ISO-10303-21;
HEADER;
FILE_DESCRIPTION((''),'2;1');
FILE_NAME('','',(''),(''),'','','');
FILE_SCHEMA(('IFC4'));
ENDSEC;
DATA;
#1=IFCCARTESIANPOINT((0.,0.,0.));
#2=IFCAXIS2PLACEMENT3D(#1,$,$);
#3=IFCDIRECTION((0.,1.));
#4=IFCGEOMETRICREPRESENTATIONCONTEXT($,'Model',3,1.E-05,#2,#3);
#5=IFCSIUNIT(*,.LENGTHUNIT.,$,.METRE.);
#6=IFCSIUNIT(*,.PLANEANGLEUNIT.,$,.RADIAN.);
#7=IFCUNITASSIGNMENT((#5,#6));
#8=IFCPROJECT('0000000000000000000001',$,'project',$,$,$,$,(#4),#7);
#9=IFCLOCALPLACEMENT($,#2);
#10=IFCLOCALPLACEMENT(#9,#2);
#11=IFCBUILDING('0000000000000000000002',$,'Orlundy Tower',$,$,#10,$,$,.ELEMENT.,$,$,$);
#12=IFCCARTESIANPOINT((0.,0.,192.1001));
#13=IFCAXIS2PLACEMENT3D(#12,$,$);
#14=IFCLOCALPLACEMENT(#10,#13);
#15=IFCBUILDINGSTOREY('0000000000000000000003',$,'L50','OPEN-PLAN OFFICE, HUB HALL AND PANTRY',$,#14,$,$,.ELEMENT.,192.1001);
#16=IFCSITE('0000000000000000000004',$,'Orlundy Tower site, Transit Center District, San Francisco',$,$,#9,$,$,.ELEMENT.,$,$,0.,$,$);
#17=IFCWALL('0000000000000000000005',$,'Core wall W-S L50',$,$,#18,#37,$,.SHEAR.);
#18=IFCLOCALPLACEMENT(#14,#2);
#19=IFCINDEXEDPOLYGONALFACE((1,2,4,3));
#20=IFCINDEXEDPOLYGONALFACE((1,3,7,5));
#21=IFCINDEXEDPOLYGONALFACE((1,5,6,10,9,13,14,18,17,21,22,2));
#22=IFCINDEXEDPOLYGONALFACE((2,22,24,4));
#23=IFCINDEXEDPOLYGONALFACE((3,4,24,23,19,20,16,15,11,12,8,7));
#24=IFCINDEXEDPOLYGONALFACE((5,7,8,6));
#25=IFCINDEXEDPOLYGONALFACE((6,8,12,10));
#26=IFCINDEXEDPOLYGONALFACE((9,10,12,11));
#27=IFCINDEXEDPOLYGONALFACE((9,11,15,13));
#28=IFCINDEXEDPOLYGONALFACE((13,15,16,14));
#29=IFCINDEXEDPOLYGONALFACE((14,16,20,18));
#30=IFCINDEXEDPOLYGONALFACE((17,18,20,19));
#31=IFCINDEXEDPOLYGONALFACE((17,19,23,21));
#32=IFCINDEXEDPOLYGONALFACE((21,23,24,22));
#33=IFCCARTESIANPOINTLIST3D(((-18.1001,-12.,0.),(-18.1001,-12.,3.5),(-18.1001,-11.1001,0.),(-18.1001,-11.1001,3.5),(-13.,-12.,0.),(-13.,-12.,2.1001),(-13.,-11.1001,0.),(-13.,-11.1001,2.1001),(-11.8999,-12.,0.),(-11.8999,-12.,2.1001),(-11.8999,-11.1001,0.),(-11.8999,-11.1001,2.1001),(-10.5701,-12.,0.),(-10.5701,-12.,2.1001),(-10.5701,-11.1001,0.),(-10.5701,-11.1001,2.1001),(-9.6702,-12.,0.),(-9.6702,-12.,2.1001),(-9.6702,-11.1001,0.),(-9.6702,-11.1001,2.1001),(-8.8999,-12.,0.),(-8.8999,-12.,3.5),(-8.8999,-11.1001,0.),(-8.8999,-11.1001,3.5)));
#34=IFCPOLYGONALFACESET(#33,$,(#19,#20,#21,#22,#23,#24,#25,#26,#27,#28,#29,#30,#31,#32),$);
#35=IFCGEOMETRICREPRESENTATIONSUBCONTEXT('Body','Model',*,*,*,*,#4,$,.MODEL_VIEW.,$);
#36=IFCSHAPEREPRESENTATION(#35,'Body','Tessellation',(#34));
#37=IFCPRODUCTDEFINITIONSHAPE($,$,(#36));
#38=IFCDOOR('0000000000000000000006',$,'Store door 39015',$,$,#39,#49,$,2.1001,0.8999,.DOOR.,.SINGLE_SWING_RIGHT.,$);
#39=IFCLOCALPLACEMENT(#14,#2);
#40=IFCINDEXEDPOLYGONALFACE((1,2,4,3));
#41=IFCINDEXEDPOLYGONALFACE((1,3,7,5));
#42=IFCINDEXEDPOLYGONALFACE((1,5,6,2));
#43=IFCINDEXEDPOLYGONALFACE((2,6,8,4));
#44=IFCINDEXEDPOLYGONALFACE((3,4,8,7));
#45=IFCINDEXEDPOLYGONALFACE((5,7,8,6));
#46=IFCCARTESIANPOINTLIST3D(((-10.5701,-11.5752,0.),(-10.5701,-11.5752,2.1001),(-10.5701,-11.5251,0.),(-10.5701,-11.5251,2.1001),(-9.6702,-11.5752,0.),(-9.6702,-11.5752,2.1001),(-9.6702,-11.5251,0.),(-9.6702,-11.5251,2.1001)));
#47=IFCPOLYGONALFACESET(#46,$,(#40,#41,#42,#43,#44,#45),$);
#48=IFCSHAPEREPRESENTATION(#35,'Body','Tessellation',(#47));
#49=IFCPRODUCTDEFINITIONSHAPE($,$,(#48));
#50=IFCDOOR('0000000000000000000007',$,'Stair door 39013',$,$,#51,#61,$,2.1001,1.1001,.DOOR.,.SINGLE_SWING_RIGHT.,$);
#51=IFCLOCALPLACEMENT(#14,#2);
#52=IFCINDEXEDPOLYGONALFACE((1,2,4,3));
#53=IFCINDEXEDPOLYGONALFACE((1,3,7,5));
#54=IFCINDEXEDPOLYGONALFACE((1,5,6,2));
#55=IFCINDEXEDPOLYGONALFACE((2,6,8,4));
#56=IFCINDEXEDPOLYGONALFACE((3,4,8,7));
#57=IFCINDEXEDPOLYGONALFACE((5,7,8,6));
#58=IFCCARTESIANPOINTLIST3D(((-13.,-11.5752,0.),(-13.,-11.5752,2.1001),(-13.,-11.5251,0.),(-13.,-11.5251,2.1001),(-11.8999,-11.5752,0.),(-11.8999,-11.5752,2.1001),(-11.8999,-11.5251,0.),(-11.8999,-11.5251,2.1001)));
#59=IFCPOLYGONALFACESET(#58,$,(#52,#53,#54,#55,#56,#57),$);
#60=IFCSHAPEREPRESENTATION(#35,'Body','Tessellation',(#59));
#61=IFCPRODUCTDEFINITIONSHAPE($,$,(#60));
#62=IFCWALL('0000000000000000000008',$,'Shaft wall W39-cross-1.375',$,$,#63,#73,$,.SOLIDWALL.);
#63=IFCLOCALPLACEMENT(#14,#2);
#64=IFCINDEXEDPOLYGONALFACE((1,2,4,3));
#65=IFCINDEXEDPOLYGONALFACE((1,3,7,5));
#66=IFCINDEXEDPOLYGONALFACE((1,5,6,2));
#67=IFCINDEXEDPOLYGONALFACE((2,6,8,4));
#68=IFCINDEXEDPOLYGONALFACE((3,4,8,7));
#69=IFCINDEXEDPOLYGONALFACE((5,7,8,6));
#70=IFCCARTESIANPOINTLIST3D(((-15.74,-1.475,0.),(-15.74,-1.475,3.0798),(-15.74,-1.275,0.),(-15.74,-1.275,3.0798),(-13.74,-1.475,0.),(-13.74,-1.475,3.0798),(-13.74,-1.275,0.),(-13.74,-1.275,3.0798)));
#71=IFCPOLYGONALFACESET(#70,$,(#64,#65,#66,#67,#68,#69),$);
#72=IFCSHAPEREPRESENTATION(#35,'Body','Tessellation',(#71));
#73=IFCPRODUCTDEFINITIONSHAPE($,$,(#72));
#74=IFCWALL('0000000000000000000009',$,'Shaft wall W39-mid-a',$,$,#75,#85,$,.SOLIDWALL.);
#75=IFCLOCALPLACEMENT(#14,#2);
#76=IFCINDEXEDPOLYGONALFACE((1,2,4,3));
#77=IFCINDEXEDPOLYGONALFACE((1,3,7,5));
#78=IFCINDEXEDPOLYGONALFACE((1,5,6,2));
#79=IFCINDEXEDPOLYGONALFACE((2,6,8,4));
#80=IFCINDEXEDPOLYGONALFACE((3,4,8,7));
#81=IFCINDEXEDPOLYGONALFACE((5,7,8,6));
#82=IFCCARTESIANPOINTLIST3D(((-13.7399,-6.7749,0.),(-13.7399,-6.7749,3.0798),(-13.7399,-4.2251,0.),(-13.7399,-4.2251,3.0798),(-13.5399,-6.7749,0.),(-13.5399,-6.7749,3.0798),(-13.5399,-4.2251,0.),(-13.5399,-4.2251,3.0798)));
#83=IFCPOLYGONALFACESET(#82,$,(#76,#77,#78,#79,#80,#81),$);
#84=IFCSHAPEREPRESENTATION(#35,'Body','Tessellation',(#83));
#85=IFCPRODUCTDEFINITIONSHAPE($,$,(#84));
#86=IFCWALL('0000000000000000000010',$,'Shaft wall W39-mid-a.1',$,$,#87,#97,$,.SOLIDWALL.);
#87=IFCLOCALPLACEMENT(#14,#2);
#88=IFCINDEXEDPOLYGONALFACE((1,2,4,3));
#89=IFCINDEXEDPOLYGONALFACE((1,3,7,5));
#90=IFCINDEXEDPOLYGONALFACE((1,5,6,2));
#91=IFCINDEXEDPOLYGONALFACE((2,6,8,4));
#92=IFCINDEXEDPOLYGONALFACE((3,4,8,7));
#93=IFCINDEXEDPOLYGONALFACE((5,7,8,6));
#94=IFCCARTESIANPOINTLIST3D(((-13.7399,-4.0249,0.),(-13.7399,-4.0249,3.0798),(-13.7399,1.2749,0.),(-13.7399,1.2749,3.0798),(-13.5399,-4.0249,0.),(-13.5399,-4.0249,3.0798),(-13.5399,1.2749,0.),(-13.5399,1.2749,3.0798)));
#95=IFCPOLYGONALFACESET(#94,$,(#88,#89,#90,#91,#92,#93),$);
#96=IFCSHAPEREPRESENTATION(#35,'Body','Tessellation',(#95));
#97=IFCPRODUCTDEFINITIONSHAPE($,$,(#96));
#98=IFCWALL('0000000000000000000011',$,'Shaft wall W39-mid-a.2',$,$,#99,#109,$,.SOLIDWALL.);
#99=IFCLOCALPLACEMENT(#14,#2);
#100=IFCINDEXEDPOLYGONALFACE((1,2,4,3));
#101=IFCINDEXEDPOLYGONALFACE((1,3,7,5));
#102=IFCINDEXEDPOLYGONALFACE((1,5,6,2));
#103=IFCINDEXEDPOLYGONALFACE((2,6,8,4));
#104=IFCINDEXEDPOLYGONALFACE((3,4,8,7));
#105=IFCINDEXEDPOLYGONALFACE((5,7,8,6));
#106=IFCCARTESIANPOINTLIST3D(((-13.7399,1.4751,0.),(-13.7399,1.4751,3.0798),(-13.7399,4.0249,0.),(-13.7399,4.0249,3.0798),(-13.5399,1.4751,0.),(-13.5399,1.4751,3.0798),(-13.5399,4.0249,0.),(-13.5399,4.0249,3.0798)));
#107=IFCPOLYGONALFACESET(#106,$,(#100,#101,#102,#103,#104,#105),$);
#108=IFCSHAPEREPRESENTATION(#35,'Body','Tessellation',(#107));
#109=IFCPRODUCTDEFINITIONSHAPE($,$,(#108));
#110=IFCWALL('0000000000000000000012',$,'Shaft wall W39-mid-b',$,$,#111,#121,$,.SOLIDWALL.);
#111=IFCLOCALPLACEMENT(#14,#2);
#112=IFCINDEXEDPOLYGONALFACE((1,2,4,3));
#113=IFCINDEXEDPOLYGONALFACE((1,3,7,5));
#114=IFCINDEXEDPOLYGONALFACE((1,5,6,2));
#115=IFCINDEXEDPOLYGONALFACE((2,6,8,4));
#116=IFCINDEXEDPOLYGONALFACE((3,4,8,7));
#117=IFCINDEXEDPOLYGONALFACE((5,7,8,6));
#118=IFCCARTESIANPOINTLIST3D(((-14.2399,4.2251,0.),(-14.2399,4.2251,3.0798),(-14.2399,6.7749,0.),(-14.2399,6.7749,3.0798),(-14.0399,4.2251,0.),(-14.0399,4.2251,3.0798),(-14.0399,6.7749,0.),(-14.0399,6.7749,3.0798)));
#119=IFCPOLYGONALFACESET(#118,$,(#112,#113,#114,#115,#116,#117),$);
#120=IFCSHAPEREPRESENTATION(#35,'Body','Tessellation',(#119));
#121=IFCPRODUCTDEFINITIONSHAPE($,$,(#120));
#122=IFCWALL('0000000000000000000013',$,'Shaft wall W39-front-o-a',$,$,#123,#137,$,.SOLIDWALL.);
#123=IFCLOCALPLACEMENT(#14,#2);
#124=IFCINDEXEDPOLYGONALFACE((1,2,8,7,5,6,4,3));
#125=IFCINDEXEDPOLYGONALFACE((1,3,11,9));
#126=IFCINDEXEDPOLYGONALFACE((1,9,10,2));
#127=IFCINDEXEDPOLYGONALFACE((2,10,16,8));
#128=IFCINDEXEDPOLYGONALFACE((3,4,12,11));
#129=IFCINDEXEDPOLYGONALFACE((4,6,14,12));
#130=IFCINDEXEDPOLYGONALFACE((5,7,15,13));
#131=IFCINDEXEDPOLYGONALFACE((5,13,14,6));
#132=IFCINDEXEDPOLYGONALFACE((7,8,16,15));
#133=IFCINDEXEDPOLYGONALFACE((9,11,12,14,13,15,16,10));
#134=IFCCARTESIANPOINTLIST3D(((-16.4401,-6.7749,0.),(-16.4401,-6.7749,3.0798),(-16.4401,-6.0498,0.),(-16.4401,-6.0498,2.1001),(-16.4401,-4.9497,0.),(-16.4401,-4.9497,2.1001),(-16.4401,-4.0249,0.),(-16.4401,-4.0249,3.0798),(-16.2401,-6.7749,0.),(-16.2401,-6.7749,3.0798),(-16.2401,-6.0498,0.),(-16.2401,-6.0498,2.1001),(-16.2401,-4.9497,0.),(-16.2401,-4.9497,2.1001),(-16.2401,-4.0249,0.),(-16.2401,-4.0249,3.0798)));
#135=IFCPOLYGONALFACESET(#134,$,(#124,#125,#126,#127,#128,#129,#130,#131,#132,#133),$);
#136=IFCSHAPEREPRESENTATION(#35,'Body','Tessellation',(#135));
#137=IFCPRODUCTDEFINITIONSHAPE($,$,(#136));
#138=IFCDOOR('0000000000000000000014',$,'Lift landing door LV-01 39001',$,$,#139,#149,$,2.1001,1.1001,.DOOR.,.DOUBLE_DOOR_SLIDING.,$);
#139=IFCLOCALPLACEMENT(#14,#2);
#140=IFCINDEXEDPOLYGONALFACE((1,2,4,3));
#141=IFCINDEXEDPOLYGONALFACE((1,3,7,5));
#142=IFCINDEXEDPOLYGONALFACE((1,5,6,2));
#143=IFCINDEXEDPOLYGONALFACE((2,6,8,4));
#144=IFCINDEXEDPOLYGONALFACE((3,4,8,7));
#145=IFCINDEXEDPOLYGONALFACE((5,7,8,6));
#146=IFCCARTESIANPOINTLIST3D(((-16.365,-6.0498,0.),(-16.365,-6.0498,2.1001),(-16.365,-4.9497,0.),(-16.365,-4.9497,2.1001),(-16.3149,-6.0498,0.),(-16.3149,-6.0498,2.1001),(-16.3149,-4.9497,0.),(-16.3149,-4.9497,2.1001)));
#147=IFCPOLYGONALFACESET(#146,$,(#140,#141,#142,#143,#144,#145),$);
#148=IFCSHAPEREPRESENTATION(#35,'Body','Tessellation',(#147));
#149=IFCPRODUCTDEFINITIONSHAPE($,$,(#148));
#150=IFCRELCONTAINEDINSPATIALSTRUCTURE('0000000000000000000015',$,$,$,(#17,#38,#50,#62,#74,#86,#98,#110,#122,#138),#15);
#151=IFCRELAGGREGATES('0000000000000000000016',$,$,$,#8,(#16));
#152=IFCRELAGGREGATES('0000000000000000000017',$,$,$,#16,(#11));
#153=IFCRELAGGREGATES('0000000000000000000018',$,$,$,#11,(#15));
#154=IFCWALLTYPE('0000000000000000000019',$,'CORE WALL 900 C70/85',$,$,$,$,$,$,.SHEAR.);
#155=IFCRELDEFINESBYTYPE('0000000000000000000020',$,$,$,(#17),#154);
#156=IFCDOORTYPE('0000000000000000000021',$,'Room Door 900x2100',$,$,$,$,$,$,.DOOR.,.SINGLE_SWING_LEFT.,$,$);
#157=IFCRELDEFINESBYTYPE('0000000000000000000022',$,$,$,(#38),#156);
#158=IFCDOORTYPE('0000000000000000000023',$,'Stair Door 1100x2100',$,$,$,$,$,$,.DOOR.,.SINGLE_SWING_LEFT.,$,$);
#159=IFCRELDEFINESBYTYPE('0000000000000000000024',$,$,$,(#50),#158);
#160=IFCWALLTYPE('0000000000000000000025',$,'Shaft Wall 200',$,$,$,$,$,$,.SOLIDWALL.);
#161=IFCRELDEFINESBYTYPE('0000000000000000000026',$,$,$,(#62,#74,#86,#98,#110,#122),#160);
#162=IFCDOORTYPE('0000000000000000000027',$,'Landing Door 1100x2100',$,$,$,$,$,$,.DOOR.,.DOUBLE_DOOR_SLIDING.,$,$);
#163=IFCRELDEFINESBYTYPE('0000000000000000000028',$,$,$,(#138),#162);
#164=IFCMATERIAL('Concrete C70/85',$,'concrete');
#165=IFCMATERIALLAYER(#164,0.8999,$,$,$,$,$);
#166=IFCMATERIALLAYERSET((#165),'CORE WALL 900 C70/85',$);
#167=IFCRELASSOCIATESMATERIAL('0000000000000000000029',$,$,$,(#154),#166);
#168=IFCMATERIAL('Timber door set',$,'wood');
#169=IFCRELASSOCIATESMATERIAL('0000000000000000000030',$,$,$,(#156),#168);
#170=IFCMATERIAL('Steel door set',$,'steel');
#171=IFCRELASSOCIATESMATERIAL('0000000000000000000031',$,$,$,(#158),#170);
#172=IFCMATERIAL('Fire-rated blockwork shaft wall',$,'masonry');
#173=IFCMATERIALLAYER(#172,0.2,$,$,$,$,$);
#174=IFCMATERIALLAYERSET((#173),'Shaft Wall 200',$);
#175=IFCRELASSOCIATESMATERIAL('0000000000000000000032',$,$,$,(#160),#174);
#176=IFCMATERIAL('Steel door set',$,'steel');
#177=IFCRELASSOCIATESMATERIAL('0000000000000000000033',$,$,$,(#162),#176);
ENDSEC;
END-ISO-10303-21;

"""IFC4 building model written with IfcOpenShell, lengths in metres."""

from ifc_helpers import new_model, si_unit, direction, frame, frame_2d, origin, place, context, subcontext, project, spatial, rectangle, extrude, material, layer, layer_set, type_object, element, fill, save


model = new_model("IFC4")

# Units and contexts
model_context = context("Model", 3, precision=1e-05, world=origin(), true_north=direction((0.0, 1.0)))
body_context = subcontext(model_context, "Body", "Model", "MODEL_VIEW")
ifc_project = project(units=[si_unit("LENGTHUNIT", "METRE"), si_unit("PLANEANGLEUNIT", "RADIAN")], contexts=[model_context])

# Site, building, storey
site_placement = place(None, origin())
site = spatial("IfcSite", under=ifc_project, at=site_placement, Name="Orlundy Tower site, Transit Center District, San Francisco", CompositionType="ELEMENT", RefElevation=0.0)
building_placement = place(site_placement, origin())
building = spatial("IfcBuilding", under=site, at=building_placement, Name="Orlundy Tower", CompositionType="ELEMENT")
storey_placement = place(building_placement, frame((0.0, 0.0, 192.1001)))
storey = spatial("IfcBuildingStorey", under=building, at=storey_placement, Name="L50", Description="OPEN-PLAN OFFICE, HUB HALL AND PANTRY", CompositionType="ELEMENT", Elevation=192.1001)

# Wall, openings, doors
ifc_material_1 = material(Name="Concrete C70/85", Category="concrete")
ifc_layer_1 = layer(ifc_material_1, 0.8999)
ifc_layer_set_1 = layer_set([ifc_layer_1], Name="CORE WALL 900 C70/85")
wall_type_1 = type_object("IfcWallType", Name="CORE WALL 900 C70/85", PredefinedType="SHEAR", material=ifc_layer_set_1)
wall_1_placement = place(storey_placement, frame((-18.1001, -11.55, 0.0), z_axis=(0.0, 0.0, 1.0), x_axis=(1.0, 0.0, 0.0)))
wall_1 = element("IfcWall", 1, at=wall_1_placement, inside=storey, type_object=wall_type_1, Name="Core wall W-S L50", PredefinedType="SHEAR", context=body_context, shape_type="SweptSolid", body=[
    extrude(rectangle(XDim=9.2002, YDim=0.8999, at=frame_2d((4.6001, 0.0))), origin(), (0.0, 0.0, 1.0), 3.5),
])
opening_1_placement = place(wall_1_placement, frame((5.1001, 0.0, 0.0)))
opening_1 = element("IfcOpeningElement", 2, at=opening_1_placement, cuts=wall_1, PredefinedType="OPENING", context=body_context, shape_type="SweptSolid", body=[
    extrude(rectangle(XDim=1.1001, YDim=2.1001, at=frame_2d((0.55, 1.05))), frame((0.0, 0.46, 0.0), z_axis=(0.0, -1.0, 0.0), x_axis=(1.0, 0.0, 0.0)), (0.0, 0.0, 1.0), 0.9199),
])
opening_2_placement = place(wall_1_placement, frame((7.53, 0.0, 0.0)))
opening_2 = element("IfcOpeningElement", 3, at=opening_2_placement, cuts=wall_1, PredefinedType="OPENING", context=body_context, shape_type="SweptSolid", body=[
    extrude(rectangle(XDim=0.8999, YDim=2.1001, at=frame_2d((0.45, 1.05))), frame((0.0, 0.46, 0.0), z_axis=(0.0, -1.0, 0.0), x_axis=(1.0, 0.0, 0.0)), (0.0, 0.0, 1.0), 0.9199),
])
ifc_material_2 = material(Name="Timber door set", Category="wood")
door_type_1 = type_object("IfcDoorType", Name="Room Door 900x2100", OperationType="SINGLE_SWING_LEFT", PredefinedType="DOOR", material=ifc_material_2)
door_1_placement = place(opening_2_placement, origin())
door_1 = element("IfcDoor", 4, at=door_1_placement, inside=storey, type_object=door_type_1, Name="Store door 39015", OperationType="SINGLE_SWING_RIGHT", OverallHeight=2.1001, OverallWidth=0.8999, PredefinedType="DOOR", context=body_context, shape_type="SweptSolid", body=[
    extrude(rectangle(XDim=0.8999, YDim=2.1001, at=frame_2d((0.45, 1.05))), frame((0.0, 0.0249, 0.0), z_axis=(0.0, -1.0, 0.0), x_axis=(1.0, 0.0, 0.0)), (0.0, 0.0, 1.0), 0.05),
])
fill(opening_2, door_1)
ifc_material_3 = material(Name="Steel door set", Category="steel")
door_type_2 = type_object("IfcDoorType", Name="Stair Door 1100x2100", OperationType="SINGLE_SWING_LEFT", PredefinedType="DOOR", material=ifc_material_3)
door_2_placement = place(opening_1_placement, origin())
door_2 = element("IfcDoor", 5, at=door_2_placement, inside=storey, type_object=door_type_2, Name="Stair door 39013", OperationType="SINGLE_SWING_RIGHT", OverallHeight=2.1001, OverallWidth=1.1001, PredefinedType="DOOR", context=body_context, shape_type="SweptSolid", body=[
    extrude(rectangle(XDim=1.1001, YDim=2.1001, at=frame_2d((0.55, 1.05))), frame((0.0, 0.0249, 0.0), z_axis=(0.0, -1.0, 0.0), x_axis=(1.0, 0.0, 0.0)), (0.0, 0.0, 1.0), 0.05),
])
fill(opening_1, door_2)

# Walls
ifc_material_4 = material(Name="Fire-rated blockwork shaft wall", Category="masonry")
ifc_layer_2 = layer(ifc_material_4, 0.2)
ifc_layer_set_2 = layer_set([ifc_layer_2], Name="Shaft Wall 200")
wall_type_2 = type_object("IfcWallType", Name="Shaft Wall 200", PredefinedType="SOLIDWALL", material=ifc_layer_set_2)
wall_2_placement = place(storey_placement, frame((-13.74, -1.375, 0.0), z_axis=(0.0, 0.0, 1.0), x_axis=(-1.0, 0.0, 0.0)))
element("IfcWall", 6, at=wall_2_placement, inside=storey, type_object=wall_type_2, Name="Shaft wall W39-cross-1.375", PredefinedType="SOLIDWALL", context=body_context, shape_type="SweptSolid", body=[
    extrude(rectangle(XDim=2.0, YDim=0.2, at=frame_2d((1.0, 0.0))), origin(), (0.0, 0.0, 1.0), 3.0798),
])
wall_3_placement = place(storey_placement, frame((-13.6399, -6.7749, 0.0), z_axis=(0.0, 0.0, 1.0), x_axis=(0.0, 1.0, 0.0)))
element("IfcWall", 7, at=wall_3_placement, inside=storey, type_object=wall_type_2, Name="Shaft wall W39-mid-a", PredefinedType="SOLIDWALL", context=body_context, shape_type="SweptSolid", body=[
    extrude(rectangle(XDim=2.5498, YDim=0.2, at=frame_2d((1.2749, 0.0))), origin(), (0.0, 0.0, 1.0), 3.0798),
])
wall_4_placement = place(storey_placement, frame((-13.6399, -4.0249, 0.0), z_axis=(0.0, 0.0, 1.0), x_axis=(0.0, 1.0, 0.0)))
element("IfcWall", 8, at=wall_4_placement, inside=storey, type_object=wall_type_2, Name="Shaft wall W39-mid-a.1", PredefinedType="SOLIDWALL", context=body_context, shape_type="SweptSolid", body=[
    extrude(rectangle(XDim=5.2998, YDim=0.2, at=frame_2d((2.6499, 0.0))), origin(), (0.0, 0.0, 1.0), 3.0798),
])
for number, where, z_axis, x_axis, name in (
    (9, (-13.6399, 1.4751, 0.0), (0.0, 0.0, 1.0), (0.0, 1.0, 0.0), "Shaft wall W39-mid-a.2"),
    (10, (-14.1399, 4.2251, 0.0), (0.0, 0.0, 1.0), (0.0, 1.0, 0.0), "Shaft wall W39-mid-b"),
):
    element("IfcWall", number, at=place(storey_placement, frame(where, z_axis=z_axis, x_axis=x_axis)), inside=storey, type_object=wall_type_2, Name=name, PredefinedType="SOLIDWALL", context=body_context, shape_type="SweptSolid", body=[
        extrude(rectangle(XDim=2.5498, YDim=0.2, at=frame_2d((1.2749, 0.0))), origin(), (0.0, 0.0, 1.0), 3.0798),
    ])

# Wall, opening, door
wall_5_placement = place(storey_placement, frame((-16.3401, -6.7749, 0.0), z_axis=(0.0, 0.0, 1.0), x_axis=(0.0, 1.0, 0.0)))
wall_5 = element("IfcWall", 11, at=wall_5_placement, inside=storey, type_object=wall_type_2, Name="Shaft wall W39-front-o-a", PredefinedType="SOLIDWALL", context=body_context, shape_type="SweptSolid", body=[
    extrude(rectangle(XDim=2.75, YDim=0.2, at=frame_2d((1.375, 0.0))), origin(), (0.0, 0.0, 1.0), 3.0798),
])
opening_3_placement = place(wall_5_placement, frame((0.7251, 0.0, 0.0)))
opening_3 = element("IfcOpeningElement", 12, at=opening_3_placement, cuts=wall_5, PredefinedType="OPENING", context=body_context, shape_type="SweptSolid", body=[
    extrude(rectangle(XDim=1.1001, YDim=2.1001, at=frame_2d((0.55, 1.05))), frame((0.0, 0.1101, 0.0), z_axis=(0.0, -1.0, 0.0), x_axis=(1.0, 0.0, 0.0)), (0.0, 0.0, 1.0), 0.2202),
])
ifc_material_5 = material(Name="Steel door set", Category="steel")
door_type_3 = type_object("IfcDoorType", Name="Landing Door 1100x2100", OperationType="DOUBLE_DOOR_SLIDING", PredefinedType="DOOR", material=ifc_material_5)
door_3_placement = place(opening_3_placement, origin())
door_3 = element("IfcDoor", 13, at=door_3_placement, inside=storey, type_object=door_type_3, Name="Lift landing door LV-01 39001", OperationType="DOUBLE_DOOR_SLIDING", OverallHeight=2.1001, OverallWidth=1.1001, PredefinedType="DOOR", context=body_context, shape_type="SweptSolid", body=[
    extrude(rectangle(XDim=1.1001, YDim=2.1001, at=frame_2d((0.55, 1.05))), frame((0.0, 0.0249, 0.0), z_axis=(0.0, -1.0, 0.0), x_axis=(1.0, 0.0, 0.0)), (0.0, 0.0, 1.0), 0.05),
])
fill(opening_3, door_3)

save(model, "model.ifc")
